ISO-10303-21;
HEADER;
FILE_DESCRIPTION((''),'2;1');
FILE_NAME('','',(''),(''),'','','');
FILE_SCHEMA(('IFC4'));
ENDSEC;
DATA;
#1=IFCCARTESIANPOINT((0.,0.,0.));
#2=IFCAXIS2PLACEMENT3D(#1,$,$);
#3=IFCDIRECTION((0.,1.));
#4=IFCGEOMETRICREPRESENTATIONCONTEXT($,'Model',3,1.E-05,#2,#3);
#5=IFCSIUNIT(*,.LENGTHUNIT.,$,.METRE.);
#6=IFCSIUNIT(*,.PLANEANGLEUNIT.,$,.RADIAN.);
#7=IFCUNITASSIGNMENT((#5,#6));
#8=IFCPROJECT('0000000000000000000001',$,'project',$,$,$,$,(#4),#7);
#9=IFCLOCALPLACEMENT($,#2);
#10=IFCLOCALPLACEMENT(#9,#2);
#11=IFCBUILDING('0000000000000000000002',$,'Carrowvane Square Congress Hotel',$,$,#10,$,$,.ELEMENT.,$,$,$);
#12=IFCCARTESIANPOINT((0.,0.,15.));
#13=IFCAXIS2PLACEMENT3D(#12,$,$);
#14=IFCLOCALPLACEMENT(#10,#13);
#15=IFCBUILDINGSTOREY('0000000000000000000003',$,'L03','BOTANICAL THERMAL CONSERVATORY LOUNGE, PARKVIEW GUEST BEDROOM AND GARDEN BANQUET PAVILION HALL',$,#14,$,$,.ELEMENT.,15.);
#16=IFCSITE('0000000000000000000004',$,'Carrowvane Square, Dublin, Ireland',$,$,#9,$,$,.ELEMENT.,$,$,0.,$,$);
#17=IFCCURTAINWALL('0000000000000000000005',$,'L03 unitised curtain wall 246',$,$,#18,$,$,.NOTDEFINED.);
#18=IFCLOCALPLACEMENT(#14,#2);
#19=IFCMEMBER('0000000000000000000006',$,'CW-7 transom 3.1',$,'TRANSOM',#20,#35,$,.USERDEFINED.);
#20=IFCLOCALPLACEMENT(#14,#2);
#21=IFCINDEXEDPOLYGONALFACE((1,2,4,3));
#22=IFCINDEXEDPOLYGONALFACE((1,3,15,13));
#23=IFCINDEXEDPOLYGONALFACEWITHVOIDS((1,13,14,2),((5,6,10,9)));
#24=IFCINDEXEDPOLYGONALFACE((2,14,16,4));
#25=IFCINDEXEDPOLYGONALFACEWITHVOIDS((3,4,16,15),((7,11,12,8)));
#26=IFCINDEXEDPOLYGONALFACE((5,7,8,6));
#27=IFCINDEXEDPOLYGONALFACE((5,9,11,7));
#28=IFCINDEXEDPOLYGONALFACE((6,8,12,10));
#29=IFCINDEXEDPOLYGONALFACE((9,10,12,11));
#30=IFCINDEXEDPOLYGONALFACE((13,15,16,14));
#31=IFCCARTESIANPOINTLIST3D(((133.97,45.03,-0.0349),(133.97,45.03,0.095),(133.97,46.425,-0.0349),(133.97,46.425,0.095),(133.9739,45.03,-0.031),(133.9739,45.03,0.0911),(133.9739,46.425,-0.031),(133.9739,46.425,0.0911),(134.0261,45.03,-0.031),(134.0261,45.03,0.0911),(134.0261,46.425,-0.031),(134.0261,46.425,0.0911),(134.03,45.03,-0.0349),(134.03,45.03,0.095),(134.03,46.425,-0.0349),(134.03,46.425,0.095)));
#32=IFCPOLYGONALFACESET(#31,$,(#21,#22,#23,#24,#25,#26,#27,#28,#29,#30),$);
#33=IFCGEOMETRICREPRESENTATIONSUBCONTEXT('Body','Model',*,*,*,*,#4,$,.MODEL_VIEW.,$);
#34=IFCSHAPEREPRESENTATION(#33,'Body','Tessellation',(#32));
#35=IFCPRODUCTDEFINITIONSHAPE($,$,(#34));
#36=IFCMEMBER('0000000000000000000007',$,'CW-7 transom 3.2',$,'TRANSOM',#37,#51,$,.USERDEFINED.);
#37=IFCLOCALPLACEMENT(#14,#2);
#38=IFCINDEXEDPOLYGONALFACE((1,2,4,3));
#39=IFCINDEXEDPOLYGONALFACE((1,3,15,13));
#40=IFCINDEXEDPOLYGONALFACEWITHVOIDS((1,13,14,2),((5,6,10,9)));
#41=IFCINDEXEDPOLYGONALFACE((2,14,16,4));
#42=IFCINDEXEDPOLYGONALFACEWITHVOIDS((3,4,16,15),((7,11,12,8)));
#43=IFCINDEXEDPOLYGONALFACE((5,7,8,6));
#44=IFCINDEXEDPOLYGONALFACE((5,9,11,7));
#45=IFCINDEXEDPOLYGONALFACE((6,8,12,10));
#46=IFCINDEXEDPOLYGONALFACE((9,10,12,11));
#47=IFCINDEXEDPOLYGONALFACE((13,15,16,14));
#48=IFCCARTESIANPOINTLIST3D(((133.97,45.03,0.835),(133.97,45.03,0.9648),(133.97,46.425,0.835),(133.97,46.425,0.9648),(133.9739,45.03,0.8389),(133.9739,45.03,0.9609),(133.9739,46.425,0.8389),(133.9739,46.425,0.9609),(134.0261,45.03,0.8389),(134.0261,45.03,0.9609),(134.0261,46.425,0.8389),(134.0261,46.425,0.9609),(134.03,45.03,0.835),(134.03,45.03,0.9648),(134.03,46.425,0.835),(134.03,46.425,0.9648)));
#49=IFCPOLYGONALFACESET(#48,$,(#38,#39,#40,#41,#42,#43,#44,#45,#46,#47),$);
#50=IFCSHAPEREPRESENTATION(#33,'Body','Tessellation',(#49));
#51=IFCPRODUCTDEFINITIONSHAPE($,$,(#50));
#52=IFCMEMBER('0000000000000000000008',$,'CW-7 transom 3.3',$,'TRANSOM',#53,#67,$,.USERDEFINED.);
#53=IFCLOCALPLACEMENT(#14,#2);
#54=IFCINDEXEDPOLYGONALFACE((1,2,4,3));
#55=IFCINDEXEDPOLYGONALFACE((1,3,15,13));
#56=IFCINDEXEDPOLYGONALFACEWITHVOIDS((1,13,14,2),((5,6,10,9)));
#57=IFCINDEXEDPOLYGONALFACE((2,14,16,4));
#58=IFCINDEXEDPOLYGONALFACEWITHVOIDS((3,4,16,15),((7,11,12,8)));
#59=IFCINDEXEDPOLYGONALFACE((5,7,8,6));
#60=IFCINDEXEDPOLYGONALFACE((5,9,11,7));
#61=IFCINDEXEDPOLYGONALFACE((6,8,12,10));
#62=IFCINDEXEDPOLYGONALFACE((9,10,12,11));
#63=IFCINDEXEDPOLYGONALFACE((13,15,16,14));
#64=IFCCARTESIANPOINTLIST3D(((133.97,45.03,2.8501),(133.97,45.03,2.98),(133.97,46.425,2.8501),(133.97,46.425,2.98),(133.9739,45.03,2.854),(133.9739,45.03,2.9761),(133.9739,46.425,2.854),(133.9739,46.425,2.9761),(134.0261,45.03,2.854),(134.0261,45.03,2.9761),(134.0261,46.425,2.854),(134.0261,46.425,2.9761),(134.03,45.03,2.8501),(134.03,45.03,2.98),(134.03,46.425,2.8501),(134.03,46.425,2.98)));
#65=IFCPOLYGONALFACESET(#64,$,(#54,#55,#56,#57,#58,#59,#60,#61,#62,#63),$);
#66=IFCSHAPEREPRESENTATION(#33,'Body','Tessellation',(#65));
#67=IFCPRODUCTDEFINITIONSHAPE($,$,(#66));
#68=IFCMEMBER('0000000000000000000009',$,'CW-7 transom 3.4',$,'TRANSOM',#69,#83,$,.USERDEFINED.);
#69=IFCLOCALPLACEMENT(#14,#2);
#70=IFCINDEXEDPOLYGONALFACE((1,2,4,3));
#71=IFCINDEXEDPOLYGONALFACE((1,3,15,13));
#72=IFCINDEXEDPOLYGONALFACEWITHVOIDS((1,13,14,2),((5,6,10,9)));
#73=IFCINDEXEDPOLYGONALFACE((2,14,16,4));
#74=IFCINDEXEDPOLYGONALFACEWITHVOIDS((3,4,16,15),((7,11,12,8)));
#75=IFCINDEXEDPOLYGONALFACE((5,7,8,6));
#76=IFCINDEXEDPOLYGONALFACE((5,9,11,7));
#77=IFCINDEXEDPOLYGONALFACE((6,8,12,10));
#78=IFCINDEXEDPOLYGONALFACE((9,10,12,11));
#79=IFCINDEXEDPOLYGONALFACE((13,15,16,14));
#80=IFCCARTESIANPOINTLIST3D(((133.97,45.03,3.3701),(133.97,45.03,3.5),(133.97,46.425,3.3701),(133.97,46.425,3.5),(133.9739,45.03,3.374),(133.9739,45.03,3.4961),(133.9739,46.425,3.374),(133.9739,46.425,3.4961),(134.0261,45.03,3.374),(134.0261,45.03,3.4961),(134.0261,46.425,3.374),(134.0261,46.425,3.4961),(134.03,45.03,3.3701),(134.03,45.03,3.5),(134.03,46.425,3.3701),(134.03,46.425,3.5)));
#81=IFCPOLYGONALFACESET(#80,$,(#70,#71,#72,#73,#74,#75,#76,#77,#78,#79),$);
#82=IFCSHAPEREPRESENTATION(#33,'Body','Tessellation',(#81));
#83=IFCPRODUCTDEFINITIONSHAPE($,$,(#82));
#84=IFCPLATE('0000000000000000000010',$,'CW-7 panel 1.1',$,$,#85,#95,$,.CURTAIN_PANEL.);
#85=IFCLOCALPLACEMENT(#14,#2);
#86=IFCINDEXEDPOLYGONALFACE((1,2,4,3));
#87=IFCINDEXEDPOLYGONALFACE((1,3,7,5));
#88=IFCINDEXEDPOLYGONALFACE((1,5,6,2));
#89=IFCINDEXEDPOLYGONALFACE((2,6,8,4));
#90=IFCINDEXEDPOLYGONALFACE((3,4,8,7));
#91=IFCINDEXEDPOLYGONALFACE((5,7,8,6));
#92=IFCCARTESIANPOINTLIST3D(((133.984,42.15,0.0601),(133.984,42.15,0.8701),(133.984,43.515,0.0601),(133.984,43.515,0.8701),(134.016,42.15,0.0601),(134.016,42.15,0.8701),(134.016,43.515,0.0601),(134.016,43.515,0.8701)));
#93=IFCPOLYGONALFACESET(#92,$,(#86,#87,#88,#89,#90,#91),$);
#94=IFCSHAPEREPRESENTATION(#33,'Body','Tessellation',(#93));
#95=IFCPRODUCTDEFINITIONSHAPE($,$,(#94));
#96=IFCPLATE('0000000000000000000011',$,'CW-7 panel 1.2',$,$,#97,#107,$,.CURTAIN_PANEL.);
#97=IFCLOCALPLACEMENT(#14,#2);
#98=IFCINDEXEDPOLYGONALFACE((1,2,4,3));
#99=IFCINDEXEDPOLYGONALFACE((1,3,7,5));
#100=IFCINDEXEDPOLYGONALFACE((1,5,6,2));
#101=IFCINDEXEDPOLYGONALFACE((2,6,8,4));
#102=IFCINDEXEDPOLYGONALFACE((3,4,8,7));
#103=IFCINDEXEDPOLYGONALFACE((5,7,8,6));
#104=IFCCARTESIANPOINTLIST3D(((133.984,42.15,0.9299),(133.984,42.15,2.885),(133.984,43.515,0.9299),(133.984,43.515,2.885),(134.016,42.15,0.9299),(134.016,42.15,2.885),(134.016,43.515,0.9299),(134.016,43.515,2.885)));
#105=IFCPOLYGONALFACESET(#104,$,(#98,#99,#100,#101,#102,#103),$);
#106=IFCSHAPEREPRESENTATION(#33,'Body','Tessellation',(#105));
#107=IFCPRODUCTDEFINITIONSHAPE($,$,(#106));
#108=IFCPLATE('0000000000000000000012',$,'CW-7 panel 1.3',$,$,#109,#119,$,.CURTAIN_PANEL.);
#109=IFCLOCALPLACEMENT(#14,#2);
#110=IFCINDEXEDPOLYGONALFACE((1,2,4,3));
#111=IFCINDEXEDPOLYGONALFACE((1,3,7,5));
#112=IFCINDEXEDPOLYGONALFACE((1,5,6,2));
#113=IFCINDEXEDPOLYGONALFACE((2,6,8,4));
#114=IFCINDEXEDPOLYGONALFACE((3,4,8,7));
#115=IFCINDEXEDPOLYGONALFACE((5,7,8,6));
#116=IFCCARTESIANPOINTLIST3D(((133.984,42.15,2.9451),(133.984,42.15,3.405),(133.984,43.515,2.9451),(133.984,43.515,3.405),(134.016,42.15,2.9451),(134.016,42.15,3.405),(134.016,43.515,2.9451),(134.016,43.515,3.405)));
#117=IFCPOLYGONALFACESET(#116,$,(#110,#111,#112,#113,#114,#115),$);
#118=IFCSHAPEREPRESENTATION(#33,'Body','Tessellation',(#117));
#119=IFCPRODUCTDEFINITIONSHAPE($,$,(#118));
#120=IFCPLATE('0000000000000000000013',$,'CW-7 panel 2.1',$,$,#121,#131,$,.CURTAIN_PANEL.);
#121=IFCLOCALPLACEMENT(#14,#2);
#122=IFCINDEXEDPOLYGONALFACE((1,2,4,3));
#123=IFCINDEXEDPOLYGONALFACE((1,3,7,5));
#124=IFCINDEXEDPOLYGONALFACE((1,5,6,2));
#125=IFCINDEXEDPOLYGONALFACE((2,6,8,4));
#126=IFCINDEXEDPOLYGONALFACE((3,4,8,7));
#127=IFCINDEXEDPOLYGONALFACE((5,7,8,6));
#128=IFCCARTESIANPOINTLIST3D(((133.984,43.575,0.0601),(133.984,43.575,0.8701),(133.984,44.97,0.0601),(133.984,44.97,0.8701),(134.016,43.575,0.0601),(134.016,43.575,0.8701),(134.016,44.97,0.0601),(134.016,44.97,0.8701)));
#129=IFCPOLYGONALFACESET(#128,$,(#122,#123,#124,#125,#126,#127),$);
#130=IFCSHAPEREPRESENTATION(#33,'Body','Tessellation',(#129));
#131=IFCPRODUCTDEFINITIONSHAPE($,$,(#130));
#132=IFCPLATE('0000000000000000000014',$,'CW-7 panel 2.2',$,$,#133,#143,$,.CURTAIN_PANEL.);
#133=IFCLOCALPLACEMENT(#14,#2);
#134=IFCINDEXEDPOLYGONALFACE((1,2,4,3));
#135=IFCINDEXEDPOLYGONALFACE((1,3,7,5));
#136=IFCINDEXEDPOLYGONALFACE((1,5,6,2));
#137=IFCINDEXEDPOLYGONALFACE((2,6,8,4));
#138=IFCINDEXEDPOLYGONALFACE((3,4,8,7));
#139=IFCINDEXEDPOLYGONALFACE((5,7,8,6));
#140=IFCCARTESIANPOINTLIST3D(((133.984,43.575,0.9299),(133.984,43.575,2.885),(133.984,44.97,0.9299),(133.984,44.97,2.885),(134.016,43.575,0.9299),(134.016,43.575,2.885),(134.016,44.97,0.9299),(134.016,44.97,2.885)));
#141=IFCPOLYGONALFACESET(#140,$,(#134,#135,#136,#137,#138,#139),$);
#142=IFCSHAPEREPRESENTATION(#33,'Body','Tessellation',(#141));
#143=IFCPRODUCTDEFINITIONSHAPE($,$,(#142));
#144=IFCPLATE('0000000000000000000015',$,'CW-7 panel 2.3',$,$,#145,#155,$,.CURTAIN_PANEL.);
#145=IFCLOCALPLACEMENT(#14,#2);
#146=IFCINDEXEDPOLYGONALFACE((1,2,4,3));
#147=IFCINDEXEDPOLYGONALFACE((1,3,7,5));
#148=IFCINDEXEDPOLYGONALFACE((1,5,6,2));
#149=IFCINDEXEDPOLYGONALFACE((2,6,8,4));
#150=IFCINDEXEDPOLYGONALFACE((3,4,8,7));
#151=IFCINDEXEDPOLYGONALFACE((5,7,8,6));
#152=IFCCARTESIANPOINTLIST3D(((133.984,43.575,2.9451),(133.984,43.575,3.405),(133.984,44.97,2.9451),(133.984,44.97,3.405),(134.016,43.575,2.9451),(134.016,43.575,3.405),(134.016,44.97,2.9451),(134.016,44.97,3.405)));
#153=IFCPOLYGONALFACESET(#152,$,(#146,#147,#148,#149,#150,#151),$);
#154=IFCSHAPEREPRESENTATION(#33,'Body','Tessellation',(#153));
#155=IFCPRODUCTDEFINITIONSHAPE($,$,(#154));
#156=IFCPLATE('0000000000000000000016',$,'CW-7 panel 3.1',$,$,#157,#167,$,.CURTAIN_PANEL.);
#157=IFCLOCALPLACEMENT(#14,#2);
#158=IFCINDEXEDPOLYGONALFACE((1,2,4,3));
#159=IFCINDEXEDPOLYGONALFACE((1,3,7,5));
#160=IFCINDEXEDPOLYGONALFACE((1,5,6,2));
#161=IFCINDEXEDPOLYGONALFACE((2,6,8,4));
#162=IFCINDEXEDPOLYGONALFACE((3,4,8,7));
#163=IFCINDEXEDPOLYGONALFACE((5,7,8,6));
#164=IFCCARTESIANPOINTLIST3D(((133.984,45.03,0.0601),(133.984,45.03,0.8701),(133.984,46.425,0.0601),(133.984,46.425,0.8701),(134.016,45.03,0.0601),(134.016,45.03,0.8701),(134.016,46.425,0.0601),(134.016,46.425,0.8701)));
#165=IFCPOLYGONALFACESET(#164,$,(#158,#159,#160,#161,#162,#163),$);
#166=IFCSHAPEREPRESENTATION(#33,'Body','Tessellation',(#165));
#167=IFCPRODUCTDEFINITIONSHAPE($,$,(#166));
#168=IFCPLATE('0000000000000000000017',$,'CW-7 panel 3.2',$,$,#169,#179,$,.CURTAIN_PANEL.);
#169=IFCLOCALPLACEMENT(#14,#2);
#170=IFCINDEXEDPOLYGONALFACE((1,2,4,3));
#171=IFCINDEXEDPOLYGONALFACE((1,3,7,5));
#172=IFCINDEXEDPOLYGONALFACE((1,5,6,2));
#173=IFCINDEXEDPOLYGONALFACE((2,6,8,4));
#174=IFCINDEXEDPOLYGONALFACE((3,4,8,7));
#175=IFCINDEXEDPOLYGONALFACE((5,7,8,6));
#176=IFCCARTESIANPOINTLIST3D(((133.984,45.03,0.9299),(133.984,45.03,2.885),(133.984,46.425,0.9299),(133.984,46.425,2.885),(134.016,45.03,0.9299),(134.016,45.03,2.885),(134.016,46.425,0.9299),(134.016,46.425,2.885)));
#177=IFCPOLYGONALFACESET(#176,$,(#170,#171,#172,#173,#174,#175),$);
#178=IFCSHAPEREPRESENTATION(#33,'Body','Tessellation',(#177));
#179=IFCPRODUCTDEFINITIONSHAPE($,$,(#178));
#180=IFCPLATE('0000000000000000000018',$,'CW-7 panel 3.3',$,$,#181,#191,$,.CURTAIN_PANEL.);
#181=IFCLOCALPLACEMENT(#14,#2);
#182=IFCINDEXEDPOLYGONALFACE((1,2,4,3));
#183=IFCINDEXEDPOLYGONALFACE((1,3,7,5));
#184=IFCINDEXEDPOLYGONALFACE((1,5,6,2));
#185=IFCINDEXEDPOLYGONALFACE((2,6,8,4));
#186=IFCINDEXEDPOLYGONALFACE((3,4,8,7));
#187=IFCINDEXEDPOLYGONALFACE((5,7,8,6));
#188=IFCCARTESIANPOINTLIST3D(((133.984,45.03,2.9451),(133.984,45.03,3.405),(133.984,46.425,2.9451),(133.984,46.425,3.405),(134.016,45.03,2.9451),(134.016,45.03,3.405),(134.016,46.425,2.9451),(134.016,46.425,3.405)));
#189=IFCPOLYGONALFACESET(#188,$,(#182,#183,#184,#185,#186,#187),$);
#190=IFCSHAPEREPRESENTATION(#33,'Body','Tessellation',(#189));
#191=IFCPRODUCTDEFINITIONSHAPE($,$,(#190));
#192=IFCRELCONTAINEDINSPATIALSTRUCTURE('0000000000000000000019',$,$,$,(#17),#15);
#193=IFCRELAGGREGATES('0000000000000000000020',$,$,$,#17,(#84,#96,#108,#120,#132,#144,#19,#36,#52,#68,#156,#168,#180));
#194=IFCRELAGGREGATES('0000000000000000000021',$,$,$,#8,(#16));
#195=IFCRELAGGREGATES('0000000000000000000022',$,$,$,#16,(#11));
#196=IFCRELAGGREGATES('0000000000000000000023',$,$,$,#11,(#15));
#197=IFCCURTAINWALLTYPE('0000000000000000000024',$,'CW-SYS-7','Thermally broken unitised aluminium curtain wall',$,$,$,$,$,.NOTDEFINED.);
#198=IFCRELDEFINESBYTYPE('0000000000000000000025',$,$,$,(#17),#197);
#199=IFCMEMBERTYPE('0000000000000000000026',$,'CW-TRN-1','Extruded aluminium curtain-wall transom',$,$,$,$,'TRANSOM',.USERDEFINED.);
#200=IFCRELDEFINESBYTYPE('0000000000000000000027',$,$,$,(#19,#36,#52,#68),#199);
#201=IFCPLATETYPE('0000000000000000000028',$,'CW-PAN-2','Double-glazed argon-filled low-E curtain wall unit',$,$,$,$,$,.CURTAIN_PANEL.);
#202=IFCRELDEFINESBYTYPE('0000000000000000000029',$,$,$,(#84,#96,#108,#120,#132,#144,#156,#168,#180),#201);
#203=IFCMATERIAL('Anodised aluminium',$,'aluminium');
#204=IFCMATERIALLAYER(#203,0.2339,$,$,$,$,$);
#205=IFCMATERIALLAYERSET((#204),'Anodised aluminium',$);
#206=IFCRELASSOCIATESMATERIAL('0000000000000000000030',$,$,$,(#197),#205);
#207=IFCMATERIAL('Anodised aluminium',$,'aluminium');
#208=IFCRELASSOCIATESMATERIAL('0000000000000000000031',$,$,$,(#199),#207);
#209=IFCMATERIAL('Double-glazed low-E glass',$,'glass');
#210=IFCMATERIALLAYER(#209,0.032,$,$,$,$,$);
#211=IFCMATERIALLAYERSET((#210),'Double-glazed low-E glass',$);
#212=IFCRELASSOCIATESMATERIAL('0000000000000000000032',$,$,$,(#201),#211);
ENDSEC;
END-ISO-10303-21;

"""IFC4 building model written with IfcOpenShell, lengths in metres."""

from ifc_helpers import new_model, si_unit, direction, frame, origin, origin_2d, place, context, subcontext, project, spatial, rectangle, hollow_rectangle, extrude, material, layer, layer_set, material_profile, profile_set, type_object, element, aggregate, save


model = new_model("IFC4")

# Units and contexts
model_context = context("Model", 3, precision=1e-05, world=origin(), true_north=direction((0.0, 1.0)))
body_context = subcontext(model_context, "Body", "Model", "MODEL_VIEW")
ifc_project = project(units=[si_unit("LENGTHUNIT", "METRE"), si_unit("PLANEANGLEUNIT", "RADIAN")], contexts=[model_context])

# Site, building, storey
site_placement = place(None, origin())
site = spatial("IfcSite", under=ifc_project, at=site_placement, Name="Carrowvane Square, Dublin, Ireland", CompositionType="ELEMENT", RefElevation=0.0)
building_placement = place(site_placement, origin())
building = spatial("IfcBuilding", under=site, at=building_placement, Name="Carrowvane Square Congress Hotel", CompositionType="ELEMENT")
storey_placement = place(building_placement, frame((0.0, 0.0, 15.0)))
storey = spatial("IfcBuildingStorey", under=building, at=storey_placement, Name="L03", Description="BOTANICAL THERMAL CONSERVATORY LOUNGE, PARKVIEW GUEST BEDROOM AND GARDEN BANQUET PAVILION HALL", CompositionType="ELEMENT", Elevation=15.0)

# Curtain wall, members, plates
ifc_material_1 = material(Name="Anodised aluminium", Category="aluminium")
ifc_layer_1 = layer(ifc_material_1, 0.2339)
ifc_layer_set_1 = layer_set([ifc_layer_1], Name="Anodised aluminium")
curtain_wall_type = type_object("IfcCurtainWallType", Name="CW-SYS-7", Description="Thermally broken unitised aluminium curtain wall", PredefinedType="NOTDEFINED", material=ifc_layer_set_1)
curtain_wall_placement = place(storey_placement, origin())
curtain_wall = element("IfcCurtainWall", 1, at=curtain_wall_placement, inside=storey, type_object=curtain_wall_type, Name="L03 unitised curtain wall 246", PredefinedType="NOTDEFINED")
ifc_material_2 = material(Name="Anodised aluminium", Category="aluminium")
ifc_material_profile_1 = material_profile(ifc_material_2, hollow_rectangle(XDim=0.0601, YDim=0.1299, WallThickness=0.0039, at=origin_2d()), Name="CW-TR 60x130x4")
ifc_profile_set_1 = profile_set([ifc_material_profile_1], Name="Anodised aluminium")
member_type_1 = type_object("IfcMemberType", Name="CW-TRN-1", Description="Extruded aluminium curtain-wall transom", ElementType="TRANSOM", PredefinedType="USERDEFINED", material=ifc_profile_set_1)
member_1_placement = place(storey_placement, frame((134.0, 45.03, 0.03), z_axis=(0.0, 1.0, 0.0), x_axis=(-1.0, 0.0, 0.0)))
member_1 = element("IfcMember", 2, at=member_1_placement, type_object=member_type_1, Name="CW-7 transom 3.1", ObjectType="TRANSOM", PredefinedType="USERDEFINED", context=body_context, shape_type="SweptSolid", body=[
    extrude(hollow_rectangle(XDim=0.0601, YDim=0.1299, WallThickness=0.0039, at=origin_2d()), origin(), (0.0, 0.0, 1.0), 1.395),
])
member_2_placement = place(storey_placement, frame((134.0, 45.03, 0.8999), z_axis=(0.0, 1.0, 0.0), x_axis=(-1.0, 0.0, 0.0)))
member_2 = element("IfcMember", 3, at=member_2_placement, type_object=member_type_1, Name="CW-7 transom 3.2", ObjectType="TRANSOM", PredefinedType="USERDEFINED", context=body_context, shape_type="SweptSolid", body=[
    extrude(hollow_rectangle(XDim=0.0601, YDim=0.1299, WallThickness=0.0039, at=origin_2d()), origin(), (0.0, 0.0, 1.0), 1.395),
])
member_3_placement = place(storey_placement, frame((134.0, 45.03, 2.915), z_axis=(0.0, 1.0, 0.0), x_axis=(-1.0, 0.0, 0.0)))
member_3 = element("IfcMember", 4, at=member_3_placement, type_object=member_type_1, Name="CW-7 transom 3.3", ObjectType="TRANSOM", PredefinedType="USERDEFINED", context=body_context, shape_type="SweptSolid", body=[
    extrude(hollow_rectangle(XDim=0.0601, YDim=0.1299, WallThickness=0.0039, at=origin_2d()), origin(), (0.0, 0.0, 1.0), 1.395),
])
member_4_placement = place(storey_placement, frame((134.0, 45.03, 3.4351), z_axis=(0.0, 1.0, 0.0), x_axis=(-1.0, 0.0, 0.0)))
member_4 = element("IfcMember", 5, at=member_4_placement, type_object=member_type_1, Name="CW-7 transom 3.4", ObjectType="TRANSOM", PredefinedType="USERDEFINED", context=body_context, shape_type="SweptSolid", body=[
    extrude(hollow_rectangle(XDim=0.0601, YDim=0.1299, WallThickness=0.0039, at=origin_2d()), origin(), (0.0, 0.0, 1.0), 1.395),
])
ifc_material_3 = material(Name="Double-glazed low-E glass", Category="glass")
ifc_layer_2 = layer(ifc_material_3, 0.032)
ifc_layer_set_2 = layer_set([ifc_layer_2], Name="Double-glazed low-E glass")
plate_type = type_object("IfcPlateType", Name="CW-PAN-2", Description="Double-glazed argon-filled low-E curtain wall unit", PredefinedType="CURTAIN_PANEL", material=ifc_layer_set_2)
plate_1_placement = place(storey_placement, frame((134.0, 42.8325, 0.0601), z_axis=(0.0, 0.0, 1.0), x_axis=(0.0, 1.0, 0.0)))
plate_1 = element("IfcPlate", 6, at=plate_1_placement, type_object=plate_type, Name="CW-7 panel 1.1", PredefinedType="CURTAIN_PANEL", context=body_context, shape_type="SweptSolid", body=[
    extrude(rectangle(XDim=1.365, YDim=0.032, at=origin_2d()), origin(), (0.0, 0.0, 1.0), 0.8101),
])
plate_2_placement = place(storey_placement, frame((134.0, 42.8325, 0.9299), z_axis=(0.0, 0.0, 1.0), x_axis=(0.0, 1.0, 0.0)))
plate_2 = element("IfcPlate", 7, at=plate_2_placement, type_object=plate_type, Name="CW-7 panel 1.2", PredefinedType="CURTAIN_PANEL", context=body_context, shape_type="SweptSolid", body=[
    extrude(rectangle(XDim=1.365, YDim=0.032, at=origin_2d()), origin(), (0.0, 0.0, 1.0), 1.9551),
])
plate_3_placement = place(storey_placement, frame((134.0, 42.8325, 2.9451), z_axis=(0.0, 0.0, 1.0), x_axis=(0.0, 1.0, 0.0)))
plate_3 = element("IfcPlate", 8, at=plate_3_placement, type_object=plate_type, Name="CW-7 panel 1.3", PredefinedType="CURTAIN_PANEL", context=body_context, shape_type="SweptSolid", body=[
    extrude(rectangle(XDim=1.365, YDim=0.032, at=origin_2d()), origin(), (0.0, 0.0, 1.0), 0.46),
])
plate_4_placement = place(storey_placement, frame((134.0, 44.2725, 0.0601), z_axis=(0.0, 0.0, 1.0), x_axis=(0.0, 1.0, 0.0)))
plate_4 = element("IfcPlate", 9, at=plate_4_placement, type_object=plate_type, Name="CW-7 panel 2.1", PredefinedType="CURTAIN_PANEL", context=body_context, shape_type="SweptSolid", body=[
    extrude(rectangle(XDim=1.395, YDim=0.032, at=origin_2d()), origin(), (0.0, 0.0, 1.0), 0.8101),
])
plate_5_placement = place(storey_placement, frame((134.0, 44.2725, 0.9299), z_axis=(0.0, 0.0, 1.0), x_axis=(0.0, 1.0, 0.0)))
plate_5 = element("IfcPlate", 10, at=plate_5_placement, type_object=plate_type, Name="CW-7 panel 2.2", PredefinedType="CURTAIN_PANEL", context=body_context, shape_type="SweptSolid", body=[
    extrude(rectangle(XDim=1.395, YDim=0.032, at=origin_2d()), origin(), (0.0, 0.0, 1.0), 1.9551),
])
plate_6_placement = place(storey_placement, frame((134.0, 44.2725, 2.9451), z_axis=(0.0, 0.0, 1.0), x_axis=(0.0, 1.0, 0.0)))
plate_6 = element("IfcPlate", 11, at=plate_6_placement, type_object=plate_type, Name="CW-7 panel 2.3", PredefinedType="CURTAIN_PANEL", context=body_context, shape_type="SweptSolid", body=[
    extrude(rectangle(XDim=1.395, YDim=0.032, at=origin_2d()), origin(), (0.0, 0.0, 1.0), 0.46),
])
plate_7_placement = place(storey_placement, frame((134.0, 45.7275, 0.0601), z_axis=(0.0, 0.0, 1.0), x_axis=(0.0, 1.0, 0.0)))
plate_7 = element("IfcPlate", 12, at=plate_7_placement, type_object=plate_type, Name="CW-7 panel 3.1", PredefinedType="CURTAIN_PANEL", context=body_context, shape_type="SweptSolid", body=[
    extrude(rectangle(XDim=1.395, YDim=0.032, at=origin_2d()), origin(), (0.0, 0.0, 1.0), 0.8101),
])
plate_8_placement = place(storey_placement, frame((134.0, 45.7275, 0.9299), z_axis=(0.0, 0.0, 1.0), x_axis=(0.0, 1.0, 0.0)))
plate_8 = element("IfcPlate", 13, at=plate_8_placement, type_object=plate_type, Name="CW-7 panel 3.2", PredefinedType="CURTAIN_PANEL", context=body_context, shape_type="SweptSolid", body=[
    extrude(rectangle(XDim=1.395, YDim=0.032, at=origin_2d()), origin(), (0.0, 0.0, 1.0), 1.9551),
])
plate_9_placement = place(storey_placement, frame((134.0, 45.7275, 2.9451), z_axis=(0.0, 0.0, 1.0), x_axis=(0.0, 1.0, 0.0)))
plate_9 = element("IfcPlate", 14, at=plate_9_placement, type_object=plate_type, Name="CW-7 panel 3.3", PredefinedType="CURTAIN_PANEL", context=body_context, shape_type="SweptSolid", body=[
    extrude(rectangle(XDim=1.395, YDim=0.032, at=origin_2d()), origin(), (0.0, 0.0, 1.0), 0.46),
])
aggregate(curtain_wall, [plate_1, plate_2, plate_3, plate_4, plate_5, plate_6, member_1, member_2, member_3, member_4, plate_7, plate_8, plate_9])

save(model, "model.ifc")
